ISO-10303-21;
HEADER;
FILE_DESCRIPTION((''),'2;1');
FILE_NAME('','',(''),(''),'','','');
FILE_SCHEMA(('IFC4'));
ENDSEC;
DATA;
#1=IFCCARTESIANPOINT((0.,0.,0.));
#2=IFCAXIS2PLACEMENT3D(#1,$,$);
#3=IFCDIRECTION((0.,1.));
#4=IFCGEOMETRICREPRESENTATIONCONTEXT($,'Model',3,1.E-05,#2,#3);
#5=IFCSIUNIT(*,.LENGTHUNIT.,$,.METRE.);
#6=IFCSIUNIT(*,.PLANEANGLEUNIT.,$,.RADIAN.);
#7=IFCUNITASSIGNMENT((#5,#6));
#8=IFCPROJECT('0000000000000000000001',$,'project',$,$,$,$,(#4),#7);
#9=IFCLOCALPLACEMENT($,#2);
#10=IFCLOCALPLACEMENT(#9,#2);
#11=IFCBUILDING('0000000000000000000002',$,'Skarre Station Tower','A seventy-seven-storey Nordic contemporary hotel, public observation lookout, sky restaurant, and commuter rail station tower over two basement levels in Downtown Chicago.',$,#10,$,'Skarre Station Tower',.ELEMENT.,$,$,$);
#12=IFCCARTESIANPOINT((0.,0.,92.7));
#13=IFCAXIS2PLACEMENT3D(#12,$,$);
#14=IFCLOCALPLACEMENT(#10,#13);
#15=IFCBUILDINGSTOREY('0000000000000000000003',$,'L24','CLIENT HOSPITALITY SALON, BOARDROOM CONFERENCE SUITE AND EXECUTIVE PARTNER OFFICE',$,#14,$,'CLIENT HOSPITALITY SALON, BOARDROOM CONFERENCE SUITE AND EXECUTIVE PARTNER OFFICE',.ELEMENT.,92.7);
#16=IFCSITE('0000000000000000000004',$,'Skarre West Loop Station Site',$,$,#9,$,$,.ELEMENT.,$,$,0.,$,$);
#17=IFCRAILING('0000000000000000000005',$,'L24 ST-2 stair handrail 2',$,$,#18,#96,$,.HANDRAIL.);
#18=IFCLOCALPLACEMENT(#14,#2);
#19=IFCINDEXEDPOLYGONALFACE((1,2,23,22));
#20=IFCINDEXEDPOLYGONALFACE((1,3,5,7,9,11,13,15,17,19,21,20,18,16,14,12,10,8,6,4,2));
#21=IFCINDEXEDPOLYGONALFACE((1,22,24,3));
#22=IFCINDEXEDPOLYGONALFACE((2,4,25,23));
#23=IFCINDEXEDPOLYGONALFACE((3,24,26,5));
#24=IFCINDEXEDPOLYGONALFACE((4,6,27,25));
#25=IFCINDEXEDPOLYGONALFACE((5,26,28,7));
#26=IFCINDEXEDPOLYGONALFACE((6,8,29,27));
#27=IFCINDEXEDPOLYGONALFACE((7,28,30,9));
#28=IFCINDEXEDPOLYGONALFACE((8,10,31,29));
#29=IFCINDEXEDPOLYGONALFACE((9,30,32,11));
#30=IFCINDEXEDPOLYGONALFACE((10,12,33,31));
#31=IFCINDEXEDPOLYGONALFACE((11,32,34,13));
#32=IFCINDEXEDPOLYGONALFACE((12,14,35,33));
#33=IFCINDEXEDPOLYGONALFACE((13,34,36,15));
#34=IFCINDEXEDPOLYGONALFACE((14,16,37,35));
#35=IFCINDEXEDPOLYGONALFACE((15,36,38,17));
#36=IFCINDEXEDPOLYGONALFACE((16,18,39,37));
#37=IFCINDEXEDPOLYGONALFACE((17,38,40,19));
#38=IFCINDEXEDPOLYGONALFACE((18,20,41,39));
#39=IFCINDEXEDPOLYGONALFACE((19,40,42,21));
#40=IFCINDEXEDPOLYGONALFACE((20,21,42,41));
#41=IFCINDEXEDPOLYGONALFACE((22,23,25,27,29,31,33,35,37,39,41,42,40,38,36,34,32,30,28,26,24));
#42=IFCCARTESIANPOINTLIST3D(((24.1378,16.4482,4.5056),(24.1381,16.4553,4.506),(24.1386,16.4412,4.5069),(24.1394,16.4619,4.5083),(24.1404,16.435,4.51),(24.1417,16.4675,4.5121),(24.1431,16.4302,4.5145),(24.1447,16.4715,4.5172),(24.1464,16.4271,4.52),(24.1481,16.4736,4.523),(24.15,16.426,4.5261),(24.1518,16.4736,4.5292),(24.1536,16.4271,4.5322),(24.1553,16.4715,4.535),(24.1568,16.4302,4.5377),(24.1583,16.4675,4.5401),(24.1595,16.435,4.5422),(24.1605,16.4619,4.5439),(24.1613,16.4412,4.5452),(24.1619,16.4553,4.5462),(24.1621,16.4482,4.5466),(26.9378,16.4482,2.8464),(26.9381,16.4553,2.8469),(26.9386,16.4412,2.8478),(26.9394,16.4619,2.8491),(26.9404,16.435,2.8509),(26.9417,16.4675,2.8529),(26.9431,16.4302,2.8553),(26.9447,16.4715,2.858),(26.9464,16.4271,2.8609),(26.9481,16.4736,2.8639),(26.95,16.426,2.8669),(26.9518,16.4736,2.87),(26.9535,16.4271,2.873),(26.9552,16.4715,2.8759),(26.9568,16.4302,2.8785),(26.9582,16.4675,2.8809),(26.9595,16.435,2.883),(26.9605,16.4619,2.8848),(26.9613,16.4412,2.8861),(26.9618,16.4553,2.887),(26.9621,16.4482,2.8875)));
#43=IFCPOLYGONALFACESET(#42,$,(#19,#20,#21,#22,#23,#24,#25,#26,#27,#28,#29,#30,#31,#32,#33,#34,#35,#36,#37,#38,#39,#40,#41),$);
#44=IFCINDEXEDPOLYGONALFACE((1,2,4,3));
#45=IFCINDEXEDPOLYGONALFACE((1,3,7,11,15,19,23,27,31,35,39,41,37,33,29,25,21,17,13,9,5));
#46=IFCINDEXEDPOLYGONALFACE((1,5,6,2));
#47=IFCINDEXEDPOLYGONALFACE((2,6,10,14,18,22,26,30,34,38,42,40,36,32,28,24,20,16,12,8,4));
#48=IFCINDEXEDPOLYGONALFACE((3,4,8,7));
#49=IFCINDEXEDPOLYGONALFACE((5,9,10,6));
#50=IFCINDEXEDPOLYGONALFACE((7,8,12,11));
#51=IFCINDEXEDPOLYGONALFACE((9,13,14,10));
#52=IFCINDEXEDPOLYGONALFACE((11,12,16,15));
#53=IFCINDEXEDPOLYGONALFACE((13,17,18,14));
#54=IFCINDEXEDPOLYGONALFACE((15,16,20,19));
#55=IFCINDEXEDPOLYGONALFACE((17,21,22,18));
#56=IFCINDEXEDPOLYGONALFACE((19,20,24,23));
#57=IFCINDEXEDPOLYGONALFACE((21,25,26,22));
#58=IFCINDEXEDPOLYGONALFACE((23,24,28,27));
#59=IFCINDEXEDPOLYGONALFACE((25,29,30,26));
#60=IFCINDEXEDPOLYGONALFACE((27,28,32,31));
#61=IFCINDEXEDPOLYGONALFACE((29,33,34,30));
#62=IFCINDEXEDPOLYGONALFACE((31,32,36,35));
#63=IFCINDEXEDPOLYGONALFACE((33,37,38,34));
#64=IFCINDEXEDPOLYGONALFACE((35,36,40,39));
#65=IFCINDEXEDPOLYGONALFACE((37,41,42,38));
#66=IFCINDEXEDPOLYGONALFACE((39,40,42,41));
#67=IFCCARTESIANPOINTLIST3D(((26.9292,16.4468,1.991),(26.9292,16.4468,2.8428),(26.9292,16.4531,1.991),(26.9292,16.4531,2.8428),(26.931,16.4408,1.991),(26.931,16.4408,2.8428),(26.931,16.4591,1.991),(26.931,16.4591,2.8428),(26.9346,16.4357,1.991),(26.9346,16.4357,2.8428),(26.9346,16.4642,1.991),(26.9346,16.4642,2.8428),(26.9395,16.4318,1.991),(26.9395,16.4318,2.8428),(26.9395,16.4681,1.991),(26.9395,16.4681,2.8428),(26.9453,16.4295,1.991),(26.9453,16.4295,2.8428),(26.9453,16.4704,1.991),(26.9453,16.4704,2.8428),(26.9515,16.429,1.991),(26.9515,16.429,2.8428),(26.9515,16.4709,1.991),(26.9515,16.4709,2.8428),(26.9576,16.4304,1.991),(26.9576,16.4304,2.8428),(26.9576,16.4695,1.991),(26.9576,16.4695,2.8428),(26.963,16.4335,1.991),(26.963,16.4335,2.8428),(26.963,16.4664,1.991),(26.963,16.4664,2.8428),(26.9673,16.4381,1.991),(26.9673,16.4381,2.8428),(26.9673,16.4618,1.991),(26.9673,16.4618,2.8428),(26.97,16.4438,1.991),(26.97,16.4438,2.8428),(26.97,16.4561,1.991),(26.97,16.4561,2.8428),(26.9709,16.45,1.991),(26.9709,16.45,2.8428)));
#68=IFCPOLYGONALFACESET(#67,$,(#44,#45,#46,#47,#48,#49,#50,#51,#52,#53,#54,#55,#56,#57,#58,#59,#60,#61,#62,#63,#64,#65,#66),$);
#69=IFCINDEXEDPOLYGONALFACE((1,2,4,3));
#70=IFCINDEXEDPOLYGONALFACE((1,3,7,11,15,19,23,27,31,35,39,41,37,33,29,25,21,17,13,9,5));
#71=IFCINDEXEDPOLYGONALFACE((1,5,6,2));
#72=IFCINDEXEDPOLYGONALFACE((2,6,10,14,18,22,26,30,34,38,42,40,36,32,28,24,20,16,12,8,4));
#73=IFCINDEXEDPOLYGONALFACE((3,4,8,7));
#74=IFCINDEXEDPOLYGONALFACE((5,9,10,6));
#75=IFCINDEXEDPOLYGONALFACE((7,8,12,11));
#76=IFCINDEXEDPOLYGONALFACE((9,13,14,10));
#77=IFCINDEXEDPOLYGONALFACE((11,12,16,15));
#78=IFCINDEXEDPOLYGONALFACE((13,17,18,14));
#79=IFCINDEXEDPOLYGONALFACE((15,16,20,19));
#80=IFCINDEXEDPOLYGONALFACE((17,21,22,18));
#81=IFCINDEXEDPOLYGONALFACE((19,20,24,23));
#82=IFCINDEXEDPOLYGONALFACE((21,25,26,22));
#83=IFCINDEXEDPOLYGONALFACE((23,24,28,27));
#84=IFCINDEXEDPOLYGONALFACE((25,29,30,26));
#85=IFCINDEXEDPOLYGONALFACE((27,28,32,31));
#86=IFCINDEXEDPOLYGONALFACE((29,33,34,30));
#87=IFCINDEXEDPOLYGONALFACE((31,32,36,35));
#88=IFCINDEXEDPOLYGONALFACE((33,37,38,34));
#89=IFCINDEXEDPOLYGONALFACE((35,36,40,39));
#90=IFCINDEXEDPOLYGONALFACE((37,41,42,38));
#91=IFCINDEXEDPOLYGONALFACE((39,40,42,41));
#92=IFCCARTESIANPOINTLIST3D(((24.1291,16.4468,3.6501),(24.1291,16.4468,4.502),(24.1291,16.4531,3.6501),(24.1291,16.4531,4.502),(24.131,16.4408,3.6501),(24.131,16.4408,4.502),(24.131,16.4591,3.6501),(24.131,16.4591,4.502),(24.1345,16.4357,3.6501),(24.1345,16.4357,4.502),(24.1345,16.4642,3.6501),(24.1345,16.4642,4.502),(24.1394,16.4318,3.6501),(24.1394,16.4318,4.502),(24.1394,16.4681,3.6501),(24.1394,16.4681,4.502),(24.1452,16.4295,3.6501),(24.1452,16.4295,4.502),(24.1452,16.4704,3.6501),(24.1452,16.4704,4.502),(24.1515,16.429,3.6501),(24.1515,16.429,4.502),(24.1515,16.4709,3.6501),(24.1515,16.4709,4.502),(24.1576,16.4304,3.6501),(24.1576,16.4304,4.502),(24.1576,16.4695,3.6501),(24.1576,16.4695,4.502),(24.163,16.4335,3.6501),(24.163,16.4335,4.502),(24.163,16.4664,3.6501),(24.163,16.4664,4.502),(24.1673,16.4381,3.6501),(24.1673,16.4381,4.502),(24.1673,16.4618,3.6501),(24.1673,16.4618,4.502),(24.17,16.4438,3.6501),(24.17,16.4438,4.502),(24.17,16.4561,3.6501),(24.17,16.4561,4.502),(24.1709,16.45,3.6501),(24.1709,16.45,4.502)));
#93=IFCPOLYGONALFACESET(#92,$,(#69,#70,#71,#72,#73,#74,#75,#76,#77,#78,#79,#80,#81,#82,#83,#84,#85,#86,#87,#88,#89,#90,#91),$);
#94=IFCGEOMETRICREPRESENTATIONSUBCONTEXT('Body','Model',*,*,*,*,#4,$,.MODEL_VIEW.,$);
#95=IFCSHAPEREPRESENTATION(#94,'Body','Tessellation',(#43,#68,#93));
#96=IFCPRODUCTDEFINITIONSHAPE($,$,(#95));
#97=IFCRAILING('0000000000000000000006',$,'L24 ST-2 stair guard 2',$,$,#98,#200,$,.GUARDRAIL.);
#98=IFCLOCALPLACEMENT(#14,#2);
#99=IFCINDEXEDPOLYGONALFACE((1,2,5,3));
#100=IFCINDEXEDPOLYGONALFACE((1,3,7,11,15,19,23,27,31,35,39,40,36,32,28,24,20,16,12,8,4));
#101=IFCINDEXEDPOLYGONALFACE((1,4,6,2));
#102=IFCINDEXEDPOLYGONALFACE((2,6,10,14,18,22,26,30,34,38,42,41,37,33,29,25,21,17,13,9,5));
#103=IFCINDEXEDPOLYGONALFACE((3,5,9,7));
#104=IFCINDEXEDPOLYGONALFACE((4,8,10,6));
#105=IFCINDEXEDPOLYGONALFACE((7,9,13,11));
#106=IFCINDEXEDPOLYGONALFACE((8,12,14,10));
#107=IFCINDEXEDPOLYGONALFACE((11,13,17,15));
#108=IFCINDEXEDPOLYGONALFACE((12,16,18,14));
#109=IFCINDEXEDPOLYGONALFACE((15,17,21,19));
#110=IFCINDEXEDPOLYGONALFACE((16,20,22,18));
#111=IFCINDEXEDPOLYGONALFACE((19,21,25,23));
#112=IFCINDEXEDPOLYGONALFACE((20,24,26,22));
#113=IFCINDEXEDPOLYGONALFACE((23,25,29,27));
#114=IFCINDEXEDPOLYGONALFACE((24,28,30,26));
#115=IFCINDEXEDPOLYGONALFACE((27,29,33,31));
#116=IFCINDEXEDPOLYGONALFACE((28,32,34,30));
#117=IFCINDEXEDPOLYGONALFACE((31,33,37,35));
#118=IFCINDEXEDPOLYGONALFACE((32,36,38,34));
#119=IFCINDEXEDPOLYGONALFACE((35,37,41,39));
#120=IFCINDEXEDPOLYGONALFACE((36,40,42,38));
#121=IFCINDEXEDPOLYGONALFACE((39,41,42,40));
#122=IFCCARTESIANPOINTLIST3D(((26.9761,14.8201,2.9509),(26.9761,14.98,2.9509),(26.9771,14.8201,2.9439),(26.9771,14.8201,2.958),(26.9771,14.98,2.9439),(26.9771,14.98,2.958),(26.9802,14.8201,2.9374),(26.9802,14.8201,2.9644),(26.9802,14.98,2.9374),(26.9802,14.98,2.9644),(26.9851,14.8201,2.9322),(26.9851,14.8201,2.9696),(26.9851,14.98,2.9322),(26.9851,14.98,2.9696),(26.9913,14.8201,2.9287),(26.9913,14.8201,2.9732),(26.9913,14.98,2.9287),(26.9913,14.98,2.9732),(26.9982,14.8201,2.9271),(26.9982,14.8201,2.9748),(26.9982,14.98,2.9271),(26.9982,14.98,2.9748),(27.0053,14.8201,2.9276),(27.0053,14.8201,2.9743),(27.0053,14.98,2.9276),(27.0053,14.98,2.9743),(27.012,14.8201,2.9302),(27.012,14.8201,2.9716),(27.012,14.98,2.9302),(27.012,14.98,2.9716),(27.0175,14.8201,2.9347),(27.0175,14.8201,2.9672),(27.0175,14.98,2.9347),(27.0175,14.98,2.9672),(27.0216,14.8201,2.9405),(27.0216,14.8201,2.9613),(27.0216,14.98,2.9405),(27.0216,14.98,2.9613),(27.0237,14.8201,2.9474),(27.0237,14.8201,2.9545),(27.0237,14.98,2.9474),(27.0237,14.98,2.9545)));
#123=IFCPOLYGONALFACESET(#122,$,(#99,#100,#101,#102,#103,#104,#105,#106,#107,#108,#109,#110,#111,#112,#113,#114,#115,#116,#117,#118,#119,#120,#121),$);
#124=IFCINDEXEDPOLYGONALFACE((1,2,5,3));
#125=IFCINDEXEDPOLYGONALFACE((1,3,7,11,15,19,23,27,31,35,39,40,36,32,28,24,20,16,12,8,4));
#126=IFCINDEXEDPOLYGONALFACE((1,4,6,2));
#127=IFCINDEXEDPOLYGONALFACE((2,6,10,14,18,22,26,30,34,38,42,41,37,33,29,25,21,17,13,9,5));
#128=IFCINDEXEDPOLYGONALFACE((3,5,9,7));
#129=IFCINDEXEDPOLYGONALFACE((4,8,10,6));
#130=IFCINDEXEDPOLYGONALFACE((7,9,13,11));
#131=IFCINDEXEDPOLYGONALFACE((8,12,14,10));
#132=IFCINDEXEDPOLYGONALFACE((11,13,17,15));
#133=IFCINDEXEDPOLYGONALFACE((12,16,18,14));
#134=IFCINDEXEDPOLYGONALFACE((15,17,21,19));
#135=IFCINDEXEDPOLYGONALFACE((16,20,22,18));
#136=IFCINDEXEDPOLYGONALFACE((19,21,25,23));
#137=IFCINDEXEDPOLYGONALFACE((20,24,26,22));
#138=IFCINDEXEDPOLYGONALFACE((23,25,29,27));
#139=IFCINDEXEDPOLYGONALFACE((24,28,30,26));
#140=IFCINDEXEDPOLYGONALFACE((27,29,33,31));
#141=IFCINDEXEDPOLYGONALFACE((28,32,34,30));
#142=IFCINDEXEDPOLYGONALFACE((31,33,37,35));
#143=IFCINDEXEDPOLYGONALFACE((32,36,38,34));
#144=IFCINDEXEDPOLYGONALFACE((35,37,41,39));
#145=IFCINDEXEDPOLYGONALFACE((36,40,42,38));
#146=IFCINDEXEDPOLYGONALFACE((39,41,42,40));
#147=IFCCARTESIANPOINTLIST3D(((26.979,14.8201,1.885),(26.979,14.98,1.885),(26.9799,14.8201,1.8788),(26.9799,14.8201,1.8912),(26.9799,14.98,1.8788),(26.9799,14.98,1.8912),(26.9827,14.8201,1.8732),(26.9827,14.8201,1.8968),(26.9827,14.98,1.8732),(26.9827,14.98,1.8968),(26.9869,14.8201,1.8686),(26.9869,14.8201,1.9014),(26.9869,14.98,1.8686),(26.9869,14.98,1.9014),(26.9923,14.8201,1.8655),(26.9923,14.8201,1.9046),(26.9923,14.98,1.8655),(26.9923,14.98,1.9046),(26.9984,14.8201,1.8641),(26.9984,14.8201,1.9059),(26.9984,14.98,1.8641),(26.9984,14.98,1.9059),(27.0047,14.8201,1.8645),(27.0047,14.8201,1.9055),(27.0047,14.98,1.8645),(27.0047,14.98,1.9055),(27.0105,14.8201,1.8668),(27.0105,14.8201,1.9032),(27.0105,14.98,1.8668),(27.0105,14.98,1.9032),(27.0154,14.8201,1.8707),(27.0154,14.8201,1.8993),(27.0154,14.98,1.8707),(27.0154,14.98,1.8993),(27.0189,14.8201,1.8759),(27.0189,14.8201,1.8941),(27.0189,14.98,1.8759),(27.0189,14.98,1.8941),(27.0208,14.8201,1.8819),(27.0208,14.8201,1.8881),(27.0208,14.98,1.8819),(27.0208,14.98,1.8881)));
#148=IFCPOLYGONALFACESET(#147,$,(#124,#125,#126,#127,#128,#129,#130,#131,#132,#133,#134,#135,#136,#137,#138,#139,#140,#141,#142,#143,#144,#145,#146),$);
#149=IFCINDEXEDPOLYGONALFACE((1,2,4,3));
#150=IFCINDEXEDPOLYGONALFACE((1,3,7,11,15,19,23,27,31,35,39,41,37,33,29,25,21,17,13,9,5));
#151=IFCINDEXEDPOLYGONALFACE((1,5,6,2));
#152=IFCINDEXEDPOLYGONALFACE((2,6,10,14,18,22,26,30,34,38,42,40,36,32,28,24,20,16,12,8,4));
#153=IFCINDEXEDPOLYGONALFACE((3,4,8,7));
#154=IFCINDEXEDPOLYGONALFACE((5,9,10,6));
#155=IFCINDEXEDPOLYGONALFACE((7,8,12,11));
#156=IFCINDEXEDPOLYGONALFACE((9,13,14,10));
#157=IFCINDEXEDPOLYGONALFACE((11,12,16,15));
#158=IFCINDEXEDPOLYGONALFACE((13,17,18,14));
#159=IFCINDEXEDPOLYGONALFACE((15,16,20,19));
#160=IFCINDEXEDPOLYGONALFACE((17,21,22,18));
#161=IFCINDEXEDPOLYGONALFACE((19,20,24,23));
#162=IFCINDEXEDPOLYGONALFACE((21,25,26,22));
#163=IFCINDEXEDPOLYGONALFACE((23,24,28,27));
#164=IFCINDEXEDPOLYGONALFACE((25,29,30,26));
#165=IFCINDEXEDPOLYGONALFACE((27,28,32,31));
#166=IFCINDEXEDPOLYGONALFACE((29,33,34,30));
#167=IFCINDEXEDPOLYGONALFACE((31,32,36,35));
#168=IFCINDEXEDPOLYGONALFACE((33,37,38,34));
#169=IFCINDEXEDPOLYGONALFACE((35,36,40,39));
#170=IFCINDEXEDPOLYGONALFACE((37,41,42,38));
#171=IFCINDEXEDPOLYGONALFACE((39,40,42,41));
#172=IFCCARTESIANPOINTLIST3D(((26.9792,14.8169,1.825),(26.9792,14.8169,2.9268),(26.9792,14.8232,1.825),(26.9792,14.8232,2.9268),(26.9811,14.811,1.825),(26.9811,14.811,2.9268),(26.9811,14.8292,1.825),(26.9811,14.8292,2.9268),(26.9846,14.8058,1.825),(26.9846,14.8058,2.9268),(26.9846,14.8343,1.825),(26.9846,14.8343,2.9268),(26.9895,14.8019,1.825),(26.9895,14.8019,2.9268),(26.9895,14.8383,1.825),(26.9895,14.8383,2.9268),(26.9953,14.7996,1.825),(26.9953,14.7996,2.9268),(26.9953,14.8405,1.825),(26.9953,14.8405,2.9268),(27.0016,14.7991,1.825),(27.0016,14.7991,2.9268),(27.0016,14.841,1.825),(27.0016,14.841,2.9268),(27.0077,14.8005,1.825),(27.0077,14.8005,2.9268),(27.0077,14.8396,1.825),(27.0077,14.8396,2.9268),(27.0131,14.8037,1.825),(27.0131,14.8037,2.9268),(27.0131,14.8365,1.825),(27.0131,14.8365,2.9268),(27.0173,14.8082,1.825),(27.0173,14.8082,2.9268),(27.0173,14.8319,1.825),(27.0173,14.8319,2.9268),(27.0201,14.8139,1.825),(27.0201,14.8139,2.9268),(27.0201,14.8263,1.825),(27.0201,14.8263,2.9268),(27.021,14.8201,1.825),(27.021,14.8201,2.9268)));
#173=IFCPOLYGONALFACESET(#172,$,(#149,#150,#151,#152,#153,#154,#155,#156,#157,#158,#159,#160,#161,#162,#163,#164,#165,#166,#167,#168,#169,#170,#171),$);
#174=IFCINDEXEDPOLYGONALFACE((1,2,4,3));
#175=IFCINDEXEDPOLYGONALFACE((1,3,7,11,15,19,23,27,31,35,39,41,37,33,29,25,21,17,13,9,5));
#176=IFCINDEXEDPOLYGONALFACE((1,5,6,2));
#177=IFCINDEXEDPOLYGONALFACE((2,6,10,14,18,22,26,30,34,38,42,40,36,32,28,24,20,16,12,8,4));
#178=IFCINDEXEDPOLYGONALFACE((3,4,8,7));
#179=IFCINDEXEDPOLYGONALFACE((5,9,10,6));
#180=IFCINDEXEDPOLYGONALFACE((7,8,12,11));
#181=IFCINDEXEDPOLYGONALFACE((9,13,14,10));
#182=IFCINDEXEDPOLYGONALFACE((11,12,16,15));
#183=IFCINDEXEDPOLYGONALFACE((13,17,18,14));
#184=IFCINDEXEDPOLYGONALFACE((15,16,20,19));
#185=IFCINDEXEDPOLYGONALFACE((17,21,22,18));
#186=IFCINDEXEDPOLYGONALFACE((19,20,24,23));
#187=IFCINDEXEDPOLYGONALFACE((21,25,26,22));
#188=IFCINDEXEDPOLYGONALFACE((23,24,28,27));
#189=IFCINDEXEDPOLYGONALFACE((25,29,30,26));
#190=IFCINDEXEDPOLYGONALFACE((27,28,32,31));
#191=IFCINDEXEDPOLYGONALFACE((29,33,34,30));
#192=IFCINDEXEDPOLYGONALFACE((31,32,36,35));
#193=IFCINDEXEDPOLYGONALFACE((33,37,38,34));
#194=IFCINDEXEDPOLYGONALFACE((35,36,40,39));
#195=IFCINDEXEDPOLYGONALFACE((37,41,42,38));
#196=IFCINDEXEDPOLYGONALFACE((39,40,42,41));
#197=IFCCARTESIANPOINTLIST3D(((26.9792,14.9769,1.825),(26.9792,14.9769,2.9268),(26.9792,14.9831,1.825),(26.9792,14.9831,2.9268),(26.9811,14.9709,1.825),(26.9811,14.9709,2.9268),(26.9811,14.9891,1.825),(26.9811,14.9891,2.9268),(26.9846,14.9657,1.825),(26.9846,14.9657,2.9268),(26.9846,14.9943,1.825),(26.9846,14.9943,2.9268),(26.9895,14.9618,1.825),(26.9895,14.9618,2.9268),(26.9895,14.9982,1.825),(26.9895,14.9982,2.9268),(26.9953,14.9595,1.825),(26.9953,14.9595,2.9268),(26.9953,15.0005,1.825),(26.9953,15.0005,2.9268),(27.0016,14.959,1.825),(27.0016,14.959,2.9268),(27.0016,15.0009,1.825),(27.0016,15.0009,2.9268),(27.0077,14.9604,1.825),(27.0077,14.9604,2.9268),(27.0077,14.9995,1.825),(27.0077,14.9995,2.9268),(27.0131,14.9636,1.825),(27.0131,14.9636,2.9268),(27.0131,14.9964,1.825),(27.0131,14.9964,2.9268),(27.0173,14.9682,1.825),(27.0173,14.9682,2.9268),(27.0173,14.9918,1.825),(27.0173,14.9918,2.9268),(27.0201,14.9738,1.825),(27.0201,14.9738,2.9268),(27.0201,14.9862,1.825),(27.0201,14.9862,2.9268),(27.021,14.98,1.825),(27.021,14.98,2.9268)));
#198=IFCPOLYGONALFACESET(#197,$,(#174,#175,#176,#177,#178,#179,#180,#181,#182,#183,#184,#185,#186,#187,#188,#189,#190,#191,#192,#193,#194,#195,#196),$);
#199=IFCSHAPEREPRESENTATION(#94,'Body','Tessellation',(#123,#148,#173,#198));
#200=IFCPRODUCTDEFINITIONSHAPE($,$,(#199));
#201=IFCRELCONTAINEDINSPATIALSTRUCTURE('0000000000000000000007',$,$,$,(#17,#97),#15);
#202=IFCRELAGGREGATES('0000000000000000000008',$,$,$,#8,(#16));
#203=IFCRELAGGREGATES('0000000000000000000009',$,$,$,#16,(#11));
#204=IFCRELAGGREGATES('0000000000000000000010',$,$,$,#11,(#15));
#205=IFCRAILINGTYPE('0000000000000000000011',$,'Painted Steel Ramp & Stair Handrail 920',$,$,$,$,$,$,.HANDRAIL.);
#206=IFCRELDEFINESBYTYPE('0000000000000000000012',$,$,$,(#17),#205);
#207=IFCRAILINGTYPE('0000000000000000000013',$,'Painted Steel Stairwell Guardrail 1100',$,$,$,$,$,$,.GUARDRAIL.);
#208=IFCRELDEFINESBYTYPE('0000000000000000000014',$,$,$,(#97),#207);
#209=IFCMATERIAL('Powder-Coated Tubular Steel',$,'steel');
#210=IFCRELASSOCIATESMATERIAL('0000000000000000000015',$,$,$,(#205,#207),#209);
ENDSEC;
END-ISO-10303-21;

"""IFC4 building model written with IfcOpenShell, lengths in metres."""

from ifc_helpers import new_model, si_unit, direction, frame, origin, origin_2d, place, context, subcontext, project, spatial, circle, extrude, material, type_object, element, save


model = new_model("IFC4")

# Units and contexts
model_context = context("Model", 3, precision=1e-05, world=origin(), true_north=direction((0.0, 1.0)))
body_context = subcontext(model_context, "Body", "Model", "MODEL_VIEW")
ifc_project = project(units=[si_unit("LENGTHUNIT", "METRE"), si_unit("PLANEANGLEUNIT", "RADIAN")], contexts=[model_context])

# Site, building, storey
site_placement = place(None, origin())
site = spatial("IfcSite", under=ifc_project, at=site_placement, Name="Skarre West Loop Station Site", CompositionType="ELEMENT", RefElevation=0.0)
building_placement = place(site_placement, origin())
building = spatial("IfcBuilding", under=site, at=building_placement, Name="Skarre Station Tower", Description="A seventy-seven-storey Nordic contemporary hotel, public observation lookout, sky restaurant, and commuter rail station tower over two basement levels in Downtown Chicago.", LongName="Skarre Station Tower", CompositionType="ELEMENT")
storey_placement = place(building_placement, frame((0.0, 0.0, 92.7)))
storey = spatial("IfcBuildingStorey", under=building, at=storey_placement, Name="L24", Description="CLIENT HOSPITALITY SALON, BOARDROOM CONFERENCE SUITE AND EXECUTIVE PARTNER OFFICE", LongName="CLIENT HOSPITALITY SALON, BOARDROOM CONFERENCE SUITE AND EXECUTIVE PARTNER OFFICE", CompositionType="ELEMENT", Elevation=92.7)

# Railings
ifc_material_1 = material(Name="Powder-Coated Tubular Steel", Category="steel")
railing_type_1 = type_object("IfcRailingType", Name="Painted Steel Ramp & Stair Handrail 920", PredefinedType="HANDRAIL", material=ifc_material_1)
railing_1_placement = place(storey_placement, frame((26.95, 16.45, 1.991)))
element("IfcRailing", 1, at=railing_1_placement, inside=storey, type_object=railing_type_1, Name="L24 ST-2 stair handrail 2", PredefinedType="HANDRAIL", context=body_context, shape_type="SweptSolid", body=[
    extrude(circle(Radius=0.0239, at=origin_2d()), frame((0.0, 0.0, 0.876), z_axis=(-0.860306, 0.0, 0.509778), x_axis=(0.0, -1.0, 0.0)), (0.0, 0.0, 1.0), 3.2546),
    extrude(circle(Radius=0.021, at=origin_2d()), origin(), (0.0, 0.0, 1.0), 0.8518),
    extrude(circle(Radius=0.021, at=origin_2d()), frame((-2.8, 0.0, 1.6592)), (0.0, 0.0, 1.0), 0.8518),
])
railing_type_2 = type_object("IfcRailingType", Name="Painted Steel Stairwell Guardrail 1100", PredefinedType="GUARDRAIL", material=ifc_material_1)
railing_2_placement = place(storey_placement, frame((27.0, 14.8201, 1.825)))
element("IfcRailing", 2, at=railing_2_placement, inside=storey, type_object=railing_type_2, Name="L24 ST-2 stair guard 2", PredefinedType="GUARDRAIL", context=body_context, shape_type="SweptSolid", body=[
    extrude(circle(Radius=0.0239, at=origin_2d()), frame((0.0, 0.0, 1.126), z_axis=(0.0, 1.0, 0.0), x_axis=(-1.0, 0.0, 0.0)), (0.0, 0.0, 1.0), 0.1599),
    extrude(circle(Radius=0.021, at=origin_2d()), frame((0.0, 0.0, 0.0601), z_axis=(0.0, 1.0, 0.0), x_axis=(-1.0, 0.0, 0.0)), (0.0, 0.0, 1.0), 0.1599),
    extrude(circle(Radius=0.021, at=origin_2d()), origin(), (0.0, 0.0, 1.0), 1.1018),
    extrude(circle(Radius=0.021, at=origin_2d()), frame((0.0, 0.1599, 0.0)), (0.0, 0.0, 1.0), 1.1018),
])

save(model, "model.ifc")
